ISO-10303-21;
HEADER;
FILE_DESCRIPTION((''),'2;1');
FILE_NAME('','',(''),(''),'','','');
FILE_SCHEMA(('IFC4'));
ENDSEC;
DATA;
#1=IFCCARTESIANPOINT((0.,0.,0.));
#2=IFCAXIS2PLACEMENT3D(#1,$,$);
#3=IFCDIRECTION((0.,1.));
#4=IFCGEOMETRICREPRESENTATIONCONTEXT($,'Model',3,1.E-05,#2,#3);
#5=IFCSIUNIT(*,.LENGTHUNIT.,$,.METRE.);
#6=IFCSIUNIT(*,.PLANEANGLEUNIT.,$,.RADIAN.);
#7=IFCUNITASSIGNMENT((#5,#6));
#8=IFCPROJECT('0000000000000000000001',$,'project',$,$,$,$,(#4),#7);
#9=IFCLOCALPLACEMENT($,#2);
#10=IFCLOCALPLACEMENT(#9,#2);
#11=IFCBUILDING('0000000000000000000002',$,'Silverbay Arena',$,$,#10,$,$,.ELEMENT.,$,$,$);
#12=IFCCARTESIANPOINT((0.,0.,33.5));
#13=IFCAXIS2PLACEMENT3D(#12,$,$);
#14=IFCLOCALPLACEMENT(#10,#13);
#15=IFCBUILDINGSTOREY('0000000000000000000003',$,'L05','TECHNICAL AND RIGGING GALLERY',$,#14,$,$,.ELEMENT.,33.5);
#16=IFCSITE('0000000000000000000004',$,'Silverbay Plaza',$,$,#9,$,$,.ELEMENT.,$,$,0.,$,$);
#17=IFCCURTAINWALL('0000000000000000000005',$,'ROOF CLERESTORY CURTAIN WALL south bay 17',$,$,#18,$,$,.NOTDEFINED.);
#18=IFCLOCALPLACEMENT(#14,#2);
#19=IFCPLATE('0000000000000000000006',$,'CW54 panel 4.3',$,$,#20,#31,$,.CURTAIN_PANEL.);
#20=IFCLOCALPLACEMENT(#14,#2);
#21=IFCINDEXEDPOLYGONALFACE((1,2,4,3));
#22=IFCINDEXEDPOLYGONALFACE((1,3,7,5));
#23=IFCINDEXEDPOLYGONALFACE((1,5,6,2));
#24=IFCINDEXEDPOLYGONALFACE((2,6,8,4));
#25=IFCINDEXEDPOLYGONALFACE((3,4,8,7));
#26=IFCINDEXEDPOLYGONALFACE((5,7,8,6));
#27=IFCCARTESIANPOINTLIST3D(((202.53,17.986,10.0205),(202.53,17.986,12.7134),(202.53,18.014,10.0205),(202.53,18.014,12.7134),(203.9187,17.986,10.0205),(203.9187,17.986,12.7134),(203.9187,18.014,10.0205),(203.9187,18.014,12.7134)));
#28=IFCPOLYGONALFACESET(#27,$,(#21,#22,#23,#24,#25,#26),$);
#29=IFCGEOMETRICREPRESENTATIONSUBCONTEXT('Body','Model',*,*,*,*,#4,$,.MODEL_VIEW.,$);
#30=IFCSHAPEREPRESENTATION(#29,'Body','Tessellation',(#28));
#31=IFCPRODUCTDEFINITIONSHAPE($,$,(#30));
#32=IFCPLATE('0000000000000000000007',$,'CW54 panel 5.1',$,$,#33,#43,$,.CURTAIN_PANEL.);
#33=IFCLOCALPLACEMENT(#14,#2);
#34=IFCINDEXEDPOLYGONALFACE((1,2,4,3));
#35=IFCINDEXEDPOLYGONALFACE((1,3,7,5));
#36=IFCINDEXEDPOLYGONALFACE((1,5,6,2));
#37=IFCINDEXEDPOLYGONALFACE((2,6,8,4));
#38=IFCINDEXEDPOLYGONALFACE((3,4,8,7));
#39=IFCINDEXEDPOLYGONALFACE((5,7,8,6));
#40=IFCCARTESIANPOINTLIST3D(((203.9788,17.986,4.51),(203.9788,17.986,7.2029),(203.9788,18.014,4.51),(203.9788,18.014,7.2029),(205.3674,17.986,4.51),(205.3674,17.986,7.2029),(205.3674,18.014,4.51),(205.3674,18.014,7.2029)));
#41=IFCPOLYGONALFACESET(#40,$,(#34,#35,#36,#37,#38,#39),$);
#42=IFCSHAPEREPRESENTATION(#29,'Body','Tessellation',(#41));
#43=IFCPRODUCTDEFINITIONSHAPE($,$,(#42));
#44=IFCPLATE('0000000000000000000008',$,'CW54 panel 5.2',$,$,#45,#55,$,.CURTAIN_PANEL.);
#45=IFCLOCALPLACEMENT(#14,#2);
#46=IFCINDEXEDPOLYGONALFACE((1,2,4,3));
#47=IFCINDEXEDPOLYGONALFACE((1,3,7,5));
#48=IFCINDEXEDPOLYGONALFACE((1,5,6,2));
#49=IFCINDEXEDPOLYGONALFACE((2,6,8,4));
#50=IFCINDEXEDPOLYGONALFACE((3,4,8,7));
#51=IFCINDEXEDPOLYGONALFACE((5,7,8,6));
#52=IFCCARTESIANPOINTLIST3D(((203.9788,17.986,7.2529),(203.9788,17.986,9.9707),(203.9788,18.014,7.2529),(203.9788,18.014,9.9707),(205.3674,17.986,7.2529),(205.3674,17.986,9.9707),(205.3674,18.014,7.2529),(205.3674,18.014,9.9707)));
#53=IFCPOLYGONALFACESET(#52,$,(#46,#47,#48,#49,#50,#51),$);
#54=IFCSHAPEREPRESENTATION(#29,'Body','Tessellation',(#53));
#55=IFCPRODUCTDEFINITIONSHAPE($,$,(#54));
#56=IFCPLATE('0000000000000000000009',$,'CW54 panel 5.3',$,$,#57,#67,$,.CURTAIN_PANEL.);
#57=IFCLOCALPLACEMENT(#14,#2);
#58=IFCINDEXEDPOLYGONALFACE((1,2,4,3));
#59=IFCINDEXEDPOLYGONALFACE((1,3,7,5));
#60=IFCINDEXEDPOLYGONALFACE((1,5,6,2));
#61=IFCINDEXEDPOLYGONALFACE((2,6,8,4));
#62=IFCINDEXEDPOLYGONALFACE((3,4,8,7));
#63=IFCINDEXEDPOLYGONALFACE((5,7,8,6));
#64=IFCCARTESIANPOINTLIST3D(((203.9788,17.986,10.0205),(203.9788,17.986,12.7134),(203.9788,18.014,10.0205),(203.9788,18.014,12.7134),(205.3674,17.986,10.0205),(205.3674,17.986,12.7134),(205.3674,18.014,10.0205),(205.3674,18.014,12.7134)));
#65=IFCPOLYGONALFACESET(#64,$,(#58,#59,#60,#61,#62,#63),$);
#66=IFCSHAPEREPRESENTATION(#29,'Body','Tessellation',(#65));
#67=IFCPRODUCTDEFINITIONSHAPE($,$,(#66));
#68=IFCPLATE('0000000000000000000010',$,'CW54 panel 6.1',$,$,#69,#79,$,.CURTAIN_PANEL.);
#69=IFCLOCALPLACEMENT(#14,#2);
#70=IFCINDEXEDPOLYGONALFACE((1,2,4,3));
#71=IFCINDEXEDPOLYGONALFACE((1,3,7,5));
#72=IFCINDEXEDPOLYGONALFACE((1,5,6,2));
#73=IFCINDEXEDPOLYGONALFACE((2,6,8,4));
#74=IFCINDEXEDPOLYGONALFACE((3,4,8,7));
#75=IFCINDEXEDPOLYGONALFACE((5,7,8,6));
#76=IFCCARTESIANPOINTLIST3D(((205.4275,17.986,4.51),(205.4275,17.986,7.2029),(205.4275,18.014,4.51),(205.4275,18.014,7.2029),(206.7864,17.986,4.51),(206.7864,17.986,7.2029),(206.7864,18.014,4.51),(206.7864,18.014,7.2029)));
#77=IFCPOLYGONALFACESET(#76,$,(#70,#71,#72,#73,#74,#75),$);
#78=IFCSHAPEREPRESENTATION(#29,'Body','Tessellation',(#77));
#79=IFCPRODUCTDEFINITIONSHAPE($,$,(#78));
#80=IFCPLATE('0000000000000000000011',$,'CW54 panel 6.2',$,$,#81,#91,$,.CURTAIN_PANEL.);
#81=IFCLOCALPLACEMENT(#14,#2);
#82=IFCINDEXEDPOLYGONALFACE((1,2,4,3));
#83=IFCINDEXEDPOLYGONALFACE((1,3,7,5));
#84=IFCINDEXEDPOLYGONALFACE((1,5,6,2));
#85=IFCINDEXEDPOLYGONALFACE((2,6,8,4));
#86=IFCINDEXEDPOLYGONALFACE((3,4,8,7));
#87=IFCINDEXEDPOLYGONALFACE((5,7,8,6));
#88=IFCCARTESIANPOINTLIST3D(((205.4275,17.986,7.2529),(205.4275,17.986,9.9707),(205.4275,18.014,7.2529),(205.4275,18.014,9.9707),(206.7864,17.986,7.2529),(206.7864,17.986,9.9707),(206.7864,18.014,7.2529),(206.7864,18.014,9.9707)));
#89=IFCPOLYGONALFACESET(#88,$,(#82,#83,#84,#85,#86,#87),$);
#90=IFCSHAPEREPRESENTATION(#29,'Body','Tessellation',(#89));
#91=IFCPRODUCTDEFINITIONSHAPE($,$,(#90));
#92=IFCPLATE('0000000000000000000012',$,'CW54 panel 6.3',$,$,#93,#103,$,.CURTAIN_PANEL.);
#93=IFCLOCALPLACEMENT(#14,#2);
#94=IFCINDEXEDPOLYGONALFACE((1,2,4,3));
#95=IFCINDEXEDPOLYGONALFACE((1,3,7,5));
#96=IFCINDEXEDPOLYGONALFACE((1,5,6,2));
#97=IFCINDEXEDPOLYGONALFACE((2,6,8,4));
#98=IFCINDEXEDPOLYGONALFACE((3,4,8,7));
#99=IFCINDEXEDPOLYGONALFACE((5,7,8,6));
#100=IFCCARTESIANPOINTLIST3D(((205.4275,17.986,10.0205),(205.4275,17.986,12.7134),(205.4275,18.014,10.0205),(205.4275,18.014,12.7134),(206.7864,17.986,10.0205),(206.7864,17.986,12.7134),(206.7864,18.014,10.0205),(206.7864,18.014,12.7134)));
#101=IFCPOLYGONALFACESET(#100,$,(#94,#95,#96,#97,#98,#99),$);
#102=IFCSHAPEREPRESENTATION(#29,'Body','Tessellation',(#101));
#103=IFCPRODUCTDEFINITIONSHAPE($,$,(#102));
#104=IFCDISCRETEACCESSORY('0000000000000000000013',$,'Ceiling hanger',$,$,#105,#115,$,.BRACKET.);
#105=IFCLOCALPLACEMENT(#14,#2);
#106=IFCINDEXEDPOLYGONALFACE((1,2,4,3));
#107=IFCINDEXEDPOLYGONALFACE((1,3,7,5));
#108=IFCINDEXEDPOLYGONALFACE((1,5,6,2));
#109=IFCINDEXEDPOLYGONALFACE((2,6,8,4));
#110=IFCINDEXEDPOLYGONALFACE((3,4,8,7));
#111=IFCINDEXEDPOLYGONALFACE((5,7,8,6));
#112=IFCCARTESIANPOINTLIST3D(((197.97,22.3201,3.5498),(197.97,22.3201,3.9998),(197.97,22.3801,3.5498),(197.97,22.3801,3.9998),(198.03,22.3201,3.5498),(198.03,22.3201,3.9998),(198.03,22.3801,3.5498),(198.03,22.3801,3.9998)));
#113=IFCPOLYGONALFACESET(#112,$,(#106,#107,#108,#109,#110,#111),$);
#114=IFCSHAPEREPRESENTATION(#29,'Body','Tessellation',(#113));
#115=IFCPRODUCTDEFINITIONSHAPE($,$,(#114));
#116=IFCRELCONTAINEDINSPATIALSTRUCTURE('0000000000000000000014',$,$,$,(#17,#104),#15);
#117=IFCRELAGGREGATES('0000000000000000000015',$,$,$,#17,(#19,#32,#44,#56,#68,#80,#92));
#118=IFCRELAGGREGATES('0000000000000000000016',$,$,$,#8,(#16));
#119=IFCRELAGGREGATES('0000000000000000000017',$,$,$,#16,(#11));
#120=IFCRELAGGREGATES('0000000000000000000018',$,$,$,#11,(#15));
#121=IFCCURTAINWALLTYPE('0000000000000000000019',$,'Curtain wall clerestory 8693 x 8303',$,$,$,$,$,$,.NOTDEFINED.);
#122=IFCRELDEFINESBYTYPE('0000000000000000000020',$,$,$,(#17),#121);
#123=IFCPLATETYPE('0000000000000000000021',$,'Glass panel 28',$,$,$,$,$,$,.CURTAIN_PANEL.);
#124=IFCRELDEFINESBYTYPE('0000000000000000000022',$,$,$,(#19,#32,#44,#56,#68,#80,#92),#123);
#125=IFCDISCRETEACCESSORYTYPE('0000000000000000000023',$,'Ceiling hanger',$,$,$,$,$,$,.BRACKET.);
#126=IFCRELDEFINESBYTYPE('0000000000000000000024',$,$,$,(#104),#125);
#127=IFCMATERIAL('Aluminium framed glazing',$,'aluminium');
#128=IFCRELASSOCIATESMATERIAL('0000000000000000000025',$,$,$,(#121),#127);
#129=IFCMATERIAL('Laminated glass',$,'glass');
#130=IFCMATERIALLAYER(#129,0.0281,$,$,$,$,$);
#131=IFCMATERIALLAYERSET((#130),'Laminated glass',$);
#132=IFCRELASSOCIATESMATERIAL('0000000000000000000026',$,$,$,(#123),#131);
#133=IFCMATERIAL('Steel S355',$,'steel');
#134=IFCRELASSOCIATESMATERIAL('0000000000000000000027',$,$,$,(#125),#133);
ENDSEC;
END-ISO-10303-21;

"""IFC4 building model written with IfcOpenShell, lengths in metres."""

from ifc_helpers import new_model, si_unit, direction, frame, origin, origin_2d, place, context, subcontext, project, spatial, rectangle, extrude, material, layer, layer_set, type_object, element, aggregate, save


model = new_model("IFC4")

# Units and contexts
model_context = context("Model", 3, precision=1e-05, world=origin(), true_north=direction((0.0, 1.0)))
body_context = subcontext(model_context, "Body", "Model", "MODEL_VIEW")
ifc_project = project(units=[si_unit("LENGTHUNIT", "METRE"), si_unit("PLANEANGLEUNIT", "RADIAN")], contexts=[model_context])

# Site, building, storey
site_placement = place(None, origin())
site = spatial("IfcSite", under=ifc_project, at=site_placement, Name="Silverbay Plaza", CompositionType="ELEMENT", RefElevation=0.0)
building_placement = place(site_placement, origin())
building = spatial("IfcBuilding", under=site, at=building_placement, Name="Silverbay Arena", CompositionType="ELEMENT")
storey_placement = place(building_placement, frame((0.0, 0.0, 33.5)))
storey = spatial("IfcBuildingStorey", under=building, at=storey_placement, Name="L05", Description="TECHNICAL AND RIGGING GALLERY", CompositionType="ELEMENT", Elevation=33.5)

# Curtain wall
ifc_material_1 = material(Name="Aluminium framed glazing", Category="aluminium")
curtain_wall_type = type_object("IfcCurtainWallType", Name="Curtain wall clerestory 8693 x 8303", PredefinedType="NOTDEFINED", material=ifc_material_1)
curtain_wall_placement = place(storey_placement, origin())
curtain_wall = element("IfcCurtainWall", 1, at=curtain_wall_placement, inside=storey, type_object=curtain_wall_type, Name="ROOF CLERESTORY CURTAIN WALL south bay 17", PredefinedType="NOTDEFINED")

# Plates
ifc_material_2 = material(Name="Laminated glass", Category="glass")
ifc_layer = layer(ifc_material_2, 0.0281)
ifc_layer_set = layer_set([ifc_layer], Name="Laminated glass")
plate_type = type_object("IfcPlateType", Name="Glass panel 28", PredefinedType="CURTAIN_PANEL", material=ifc_layer_set)
plate_1_placement = place(storey_placement, frame((203.2244, 18.0, 10.0205), z_axis=(0.0, 0.0, 1.0), x_axis=(1.0, 0.0, 0.0)))
plate_1 = element("IfcPlate", 2, at=plate_1_placement, type_object=plate_type, Name="CW54 panel 4.3", PredefinedType="CURTAIN_PANEL", context=body_context, shape_type="SweptSolid", body=[
    extrude(rectangle(XDim=1.3887, YDim=0.0281, at=origin_2d()), origin(), (0.0, 0.0, 1.0), 2.6929),
])
plate_2_placement = place(storey_placement, frame((204.6731, 18.0, 4.51), z_axis=(0.0, 0.0, 1.0), x_axis=(1.0, 0.0, 0.0)))
plate_2 = element("IfcPlate", 3, at=plate_2_placement, type_object=plate_type, Name="CW54 panel 5.1", PredefinedType="CURTAIN_PANEL", context=body_context, shape_type="SweptSolid", body=[
    extrude(rectangle(XDim=1.3887, YDim=0.0281, at=origin_2d()), origin(), (0.0, 0.0, 1.0), 2.6929),
])
plate_3_placement = place(storey_placement, frame((204.6731, 18.0, 7.2529), z_axis=(0.0, 0.0, 1.0), x_axis=(1.0, 0.0, 0.0)))
plate_3 = element("IfcPlate", 4, at=plate_3_placement, type_object=plate_type, Name="CW54 panel 5.2", PredefinedType="CURTAIN_PANEL", context=body_context, shape_type="SweptSolid", body=[
    extrude(rectangle(XDim=1.3887, YDim=0.0281, at=origin_2d()), origin(), (0.0, 0.0, 1.0), 2.7178),
])
plate_4_placement = place(storey_placement, frame((204.6731, 18.0, 10.0205), z_axis=(0.0, 0.0, 1.0), x_axis=(1.0, 0.0, 0.0)))
plate_4 = element("IfcPlate", 5, at=plate_4_placement, type_object=plate_type, Name="CW54 panel 5.3", PredefinedType="CURTAIN_PANEL", context=body_context, shape_type="SweptSolid", body=[
    extrude(rectangle(XDim=1.3887, YDim=0.0281, at=origin_2d()), origin(), (0.0, 0.0, 1.0), 2.6929),
])
plate_5_placement = place(storey_placement, frame((206.1069, 18.0, 4.51), z_axis=(0.0, 0.0, 1.0), x_axis=(1.0, 0.0, 0.0)))
plate_5 = element("IfcPlate", 6, at=plate_5_placement, type_object=plate_type, Name="CW54 panel 6.1", PredefinedType="CURTAIN_PANEL", context=body_context, shape_type="SweptSolid", body=[
    extrude(rectangle(XDim=1.3589, YDim=0.0281, at=origin_2d()), origin(), (0.0, 0.0, 1.0), 2.6929),
])
plate_6_placement = place(storey_placement, frame((206.1069, 18.0, 7.2529), z_axis=(0.0, 0.0, 1.0), x_axis=(1.0, 0.0, 0.0)))
plate_6 = element("IfcPlate", 7, at=plate_6_placement, type_object=plate_type, Name="CW54 panel 6.2", PredefinedType="CURTAIN_PANEL", context=body_context, shape_type="SweptSolid", body=[
    extrude(rectangle(XDim=1.3589, YDim=0.0281, at=origin_2d()), origin(), (0.0, 0.0, 1.0), 2.7178),
])
plate_7_placement = place(storey_placement, frame((206.1069, 18.0, 10.0205), z_axis=(0.0, 0.0, 1.0), x_axis=(1.0, 0.0, 0.0)))
plate_7 = element("IfcPlate", 8, at=plate_7_placement, type_object=plate_type, Name="CW54 panel 6.3", PredefinedType="CURTAIN_PANEL", context=body_context, shape_type="SweptSolid", body=[
    extrude(rectangle(XDim=1.3589, YDim=0.0281, at=origin_2d()), origin(), (0.0, 0.0, 1.0), 2.6929),
])
aggregate(curtain_wall, [plate_1, plate_2, plate_3, plate_4, plate_5, plate_6, plate_7])

# Discrete accessory
ifc_material_3 = material(Name="Steel S355", Category="steel")
discrete_accessory_type = type_object("IfcDiscreteAccessoryType", Name="Ceiling hanger", PredefinedType="BRACKET", material=ifc_material_3)
discrete_accessory_placement = place(storey_placement, frame((198.0, 22.3501, 3.5498), z_axis=(0.0, 0.0, 1.0), x_axis=(1.0, 0.0, 0.0)))
element("IfcDiscreteAccessory", 9, at=discrete_accessory_placement, inside=storey, type_object=discrete_accessory_type, Name="Ceiling hanger", PredefinedType="BRACKET", context=body_context, shape_type="SweptSolid", body=[
    extrude(rectangle(XDim=0.0601, YDim=0.0601, at=origin_2d()), origin(), (0.0, 0.0, 1.0), 0.45),
])

save(model, "model.ifc")
